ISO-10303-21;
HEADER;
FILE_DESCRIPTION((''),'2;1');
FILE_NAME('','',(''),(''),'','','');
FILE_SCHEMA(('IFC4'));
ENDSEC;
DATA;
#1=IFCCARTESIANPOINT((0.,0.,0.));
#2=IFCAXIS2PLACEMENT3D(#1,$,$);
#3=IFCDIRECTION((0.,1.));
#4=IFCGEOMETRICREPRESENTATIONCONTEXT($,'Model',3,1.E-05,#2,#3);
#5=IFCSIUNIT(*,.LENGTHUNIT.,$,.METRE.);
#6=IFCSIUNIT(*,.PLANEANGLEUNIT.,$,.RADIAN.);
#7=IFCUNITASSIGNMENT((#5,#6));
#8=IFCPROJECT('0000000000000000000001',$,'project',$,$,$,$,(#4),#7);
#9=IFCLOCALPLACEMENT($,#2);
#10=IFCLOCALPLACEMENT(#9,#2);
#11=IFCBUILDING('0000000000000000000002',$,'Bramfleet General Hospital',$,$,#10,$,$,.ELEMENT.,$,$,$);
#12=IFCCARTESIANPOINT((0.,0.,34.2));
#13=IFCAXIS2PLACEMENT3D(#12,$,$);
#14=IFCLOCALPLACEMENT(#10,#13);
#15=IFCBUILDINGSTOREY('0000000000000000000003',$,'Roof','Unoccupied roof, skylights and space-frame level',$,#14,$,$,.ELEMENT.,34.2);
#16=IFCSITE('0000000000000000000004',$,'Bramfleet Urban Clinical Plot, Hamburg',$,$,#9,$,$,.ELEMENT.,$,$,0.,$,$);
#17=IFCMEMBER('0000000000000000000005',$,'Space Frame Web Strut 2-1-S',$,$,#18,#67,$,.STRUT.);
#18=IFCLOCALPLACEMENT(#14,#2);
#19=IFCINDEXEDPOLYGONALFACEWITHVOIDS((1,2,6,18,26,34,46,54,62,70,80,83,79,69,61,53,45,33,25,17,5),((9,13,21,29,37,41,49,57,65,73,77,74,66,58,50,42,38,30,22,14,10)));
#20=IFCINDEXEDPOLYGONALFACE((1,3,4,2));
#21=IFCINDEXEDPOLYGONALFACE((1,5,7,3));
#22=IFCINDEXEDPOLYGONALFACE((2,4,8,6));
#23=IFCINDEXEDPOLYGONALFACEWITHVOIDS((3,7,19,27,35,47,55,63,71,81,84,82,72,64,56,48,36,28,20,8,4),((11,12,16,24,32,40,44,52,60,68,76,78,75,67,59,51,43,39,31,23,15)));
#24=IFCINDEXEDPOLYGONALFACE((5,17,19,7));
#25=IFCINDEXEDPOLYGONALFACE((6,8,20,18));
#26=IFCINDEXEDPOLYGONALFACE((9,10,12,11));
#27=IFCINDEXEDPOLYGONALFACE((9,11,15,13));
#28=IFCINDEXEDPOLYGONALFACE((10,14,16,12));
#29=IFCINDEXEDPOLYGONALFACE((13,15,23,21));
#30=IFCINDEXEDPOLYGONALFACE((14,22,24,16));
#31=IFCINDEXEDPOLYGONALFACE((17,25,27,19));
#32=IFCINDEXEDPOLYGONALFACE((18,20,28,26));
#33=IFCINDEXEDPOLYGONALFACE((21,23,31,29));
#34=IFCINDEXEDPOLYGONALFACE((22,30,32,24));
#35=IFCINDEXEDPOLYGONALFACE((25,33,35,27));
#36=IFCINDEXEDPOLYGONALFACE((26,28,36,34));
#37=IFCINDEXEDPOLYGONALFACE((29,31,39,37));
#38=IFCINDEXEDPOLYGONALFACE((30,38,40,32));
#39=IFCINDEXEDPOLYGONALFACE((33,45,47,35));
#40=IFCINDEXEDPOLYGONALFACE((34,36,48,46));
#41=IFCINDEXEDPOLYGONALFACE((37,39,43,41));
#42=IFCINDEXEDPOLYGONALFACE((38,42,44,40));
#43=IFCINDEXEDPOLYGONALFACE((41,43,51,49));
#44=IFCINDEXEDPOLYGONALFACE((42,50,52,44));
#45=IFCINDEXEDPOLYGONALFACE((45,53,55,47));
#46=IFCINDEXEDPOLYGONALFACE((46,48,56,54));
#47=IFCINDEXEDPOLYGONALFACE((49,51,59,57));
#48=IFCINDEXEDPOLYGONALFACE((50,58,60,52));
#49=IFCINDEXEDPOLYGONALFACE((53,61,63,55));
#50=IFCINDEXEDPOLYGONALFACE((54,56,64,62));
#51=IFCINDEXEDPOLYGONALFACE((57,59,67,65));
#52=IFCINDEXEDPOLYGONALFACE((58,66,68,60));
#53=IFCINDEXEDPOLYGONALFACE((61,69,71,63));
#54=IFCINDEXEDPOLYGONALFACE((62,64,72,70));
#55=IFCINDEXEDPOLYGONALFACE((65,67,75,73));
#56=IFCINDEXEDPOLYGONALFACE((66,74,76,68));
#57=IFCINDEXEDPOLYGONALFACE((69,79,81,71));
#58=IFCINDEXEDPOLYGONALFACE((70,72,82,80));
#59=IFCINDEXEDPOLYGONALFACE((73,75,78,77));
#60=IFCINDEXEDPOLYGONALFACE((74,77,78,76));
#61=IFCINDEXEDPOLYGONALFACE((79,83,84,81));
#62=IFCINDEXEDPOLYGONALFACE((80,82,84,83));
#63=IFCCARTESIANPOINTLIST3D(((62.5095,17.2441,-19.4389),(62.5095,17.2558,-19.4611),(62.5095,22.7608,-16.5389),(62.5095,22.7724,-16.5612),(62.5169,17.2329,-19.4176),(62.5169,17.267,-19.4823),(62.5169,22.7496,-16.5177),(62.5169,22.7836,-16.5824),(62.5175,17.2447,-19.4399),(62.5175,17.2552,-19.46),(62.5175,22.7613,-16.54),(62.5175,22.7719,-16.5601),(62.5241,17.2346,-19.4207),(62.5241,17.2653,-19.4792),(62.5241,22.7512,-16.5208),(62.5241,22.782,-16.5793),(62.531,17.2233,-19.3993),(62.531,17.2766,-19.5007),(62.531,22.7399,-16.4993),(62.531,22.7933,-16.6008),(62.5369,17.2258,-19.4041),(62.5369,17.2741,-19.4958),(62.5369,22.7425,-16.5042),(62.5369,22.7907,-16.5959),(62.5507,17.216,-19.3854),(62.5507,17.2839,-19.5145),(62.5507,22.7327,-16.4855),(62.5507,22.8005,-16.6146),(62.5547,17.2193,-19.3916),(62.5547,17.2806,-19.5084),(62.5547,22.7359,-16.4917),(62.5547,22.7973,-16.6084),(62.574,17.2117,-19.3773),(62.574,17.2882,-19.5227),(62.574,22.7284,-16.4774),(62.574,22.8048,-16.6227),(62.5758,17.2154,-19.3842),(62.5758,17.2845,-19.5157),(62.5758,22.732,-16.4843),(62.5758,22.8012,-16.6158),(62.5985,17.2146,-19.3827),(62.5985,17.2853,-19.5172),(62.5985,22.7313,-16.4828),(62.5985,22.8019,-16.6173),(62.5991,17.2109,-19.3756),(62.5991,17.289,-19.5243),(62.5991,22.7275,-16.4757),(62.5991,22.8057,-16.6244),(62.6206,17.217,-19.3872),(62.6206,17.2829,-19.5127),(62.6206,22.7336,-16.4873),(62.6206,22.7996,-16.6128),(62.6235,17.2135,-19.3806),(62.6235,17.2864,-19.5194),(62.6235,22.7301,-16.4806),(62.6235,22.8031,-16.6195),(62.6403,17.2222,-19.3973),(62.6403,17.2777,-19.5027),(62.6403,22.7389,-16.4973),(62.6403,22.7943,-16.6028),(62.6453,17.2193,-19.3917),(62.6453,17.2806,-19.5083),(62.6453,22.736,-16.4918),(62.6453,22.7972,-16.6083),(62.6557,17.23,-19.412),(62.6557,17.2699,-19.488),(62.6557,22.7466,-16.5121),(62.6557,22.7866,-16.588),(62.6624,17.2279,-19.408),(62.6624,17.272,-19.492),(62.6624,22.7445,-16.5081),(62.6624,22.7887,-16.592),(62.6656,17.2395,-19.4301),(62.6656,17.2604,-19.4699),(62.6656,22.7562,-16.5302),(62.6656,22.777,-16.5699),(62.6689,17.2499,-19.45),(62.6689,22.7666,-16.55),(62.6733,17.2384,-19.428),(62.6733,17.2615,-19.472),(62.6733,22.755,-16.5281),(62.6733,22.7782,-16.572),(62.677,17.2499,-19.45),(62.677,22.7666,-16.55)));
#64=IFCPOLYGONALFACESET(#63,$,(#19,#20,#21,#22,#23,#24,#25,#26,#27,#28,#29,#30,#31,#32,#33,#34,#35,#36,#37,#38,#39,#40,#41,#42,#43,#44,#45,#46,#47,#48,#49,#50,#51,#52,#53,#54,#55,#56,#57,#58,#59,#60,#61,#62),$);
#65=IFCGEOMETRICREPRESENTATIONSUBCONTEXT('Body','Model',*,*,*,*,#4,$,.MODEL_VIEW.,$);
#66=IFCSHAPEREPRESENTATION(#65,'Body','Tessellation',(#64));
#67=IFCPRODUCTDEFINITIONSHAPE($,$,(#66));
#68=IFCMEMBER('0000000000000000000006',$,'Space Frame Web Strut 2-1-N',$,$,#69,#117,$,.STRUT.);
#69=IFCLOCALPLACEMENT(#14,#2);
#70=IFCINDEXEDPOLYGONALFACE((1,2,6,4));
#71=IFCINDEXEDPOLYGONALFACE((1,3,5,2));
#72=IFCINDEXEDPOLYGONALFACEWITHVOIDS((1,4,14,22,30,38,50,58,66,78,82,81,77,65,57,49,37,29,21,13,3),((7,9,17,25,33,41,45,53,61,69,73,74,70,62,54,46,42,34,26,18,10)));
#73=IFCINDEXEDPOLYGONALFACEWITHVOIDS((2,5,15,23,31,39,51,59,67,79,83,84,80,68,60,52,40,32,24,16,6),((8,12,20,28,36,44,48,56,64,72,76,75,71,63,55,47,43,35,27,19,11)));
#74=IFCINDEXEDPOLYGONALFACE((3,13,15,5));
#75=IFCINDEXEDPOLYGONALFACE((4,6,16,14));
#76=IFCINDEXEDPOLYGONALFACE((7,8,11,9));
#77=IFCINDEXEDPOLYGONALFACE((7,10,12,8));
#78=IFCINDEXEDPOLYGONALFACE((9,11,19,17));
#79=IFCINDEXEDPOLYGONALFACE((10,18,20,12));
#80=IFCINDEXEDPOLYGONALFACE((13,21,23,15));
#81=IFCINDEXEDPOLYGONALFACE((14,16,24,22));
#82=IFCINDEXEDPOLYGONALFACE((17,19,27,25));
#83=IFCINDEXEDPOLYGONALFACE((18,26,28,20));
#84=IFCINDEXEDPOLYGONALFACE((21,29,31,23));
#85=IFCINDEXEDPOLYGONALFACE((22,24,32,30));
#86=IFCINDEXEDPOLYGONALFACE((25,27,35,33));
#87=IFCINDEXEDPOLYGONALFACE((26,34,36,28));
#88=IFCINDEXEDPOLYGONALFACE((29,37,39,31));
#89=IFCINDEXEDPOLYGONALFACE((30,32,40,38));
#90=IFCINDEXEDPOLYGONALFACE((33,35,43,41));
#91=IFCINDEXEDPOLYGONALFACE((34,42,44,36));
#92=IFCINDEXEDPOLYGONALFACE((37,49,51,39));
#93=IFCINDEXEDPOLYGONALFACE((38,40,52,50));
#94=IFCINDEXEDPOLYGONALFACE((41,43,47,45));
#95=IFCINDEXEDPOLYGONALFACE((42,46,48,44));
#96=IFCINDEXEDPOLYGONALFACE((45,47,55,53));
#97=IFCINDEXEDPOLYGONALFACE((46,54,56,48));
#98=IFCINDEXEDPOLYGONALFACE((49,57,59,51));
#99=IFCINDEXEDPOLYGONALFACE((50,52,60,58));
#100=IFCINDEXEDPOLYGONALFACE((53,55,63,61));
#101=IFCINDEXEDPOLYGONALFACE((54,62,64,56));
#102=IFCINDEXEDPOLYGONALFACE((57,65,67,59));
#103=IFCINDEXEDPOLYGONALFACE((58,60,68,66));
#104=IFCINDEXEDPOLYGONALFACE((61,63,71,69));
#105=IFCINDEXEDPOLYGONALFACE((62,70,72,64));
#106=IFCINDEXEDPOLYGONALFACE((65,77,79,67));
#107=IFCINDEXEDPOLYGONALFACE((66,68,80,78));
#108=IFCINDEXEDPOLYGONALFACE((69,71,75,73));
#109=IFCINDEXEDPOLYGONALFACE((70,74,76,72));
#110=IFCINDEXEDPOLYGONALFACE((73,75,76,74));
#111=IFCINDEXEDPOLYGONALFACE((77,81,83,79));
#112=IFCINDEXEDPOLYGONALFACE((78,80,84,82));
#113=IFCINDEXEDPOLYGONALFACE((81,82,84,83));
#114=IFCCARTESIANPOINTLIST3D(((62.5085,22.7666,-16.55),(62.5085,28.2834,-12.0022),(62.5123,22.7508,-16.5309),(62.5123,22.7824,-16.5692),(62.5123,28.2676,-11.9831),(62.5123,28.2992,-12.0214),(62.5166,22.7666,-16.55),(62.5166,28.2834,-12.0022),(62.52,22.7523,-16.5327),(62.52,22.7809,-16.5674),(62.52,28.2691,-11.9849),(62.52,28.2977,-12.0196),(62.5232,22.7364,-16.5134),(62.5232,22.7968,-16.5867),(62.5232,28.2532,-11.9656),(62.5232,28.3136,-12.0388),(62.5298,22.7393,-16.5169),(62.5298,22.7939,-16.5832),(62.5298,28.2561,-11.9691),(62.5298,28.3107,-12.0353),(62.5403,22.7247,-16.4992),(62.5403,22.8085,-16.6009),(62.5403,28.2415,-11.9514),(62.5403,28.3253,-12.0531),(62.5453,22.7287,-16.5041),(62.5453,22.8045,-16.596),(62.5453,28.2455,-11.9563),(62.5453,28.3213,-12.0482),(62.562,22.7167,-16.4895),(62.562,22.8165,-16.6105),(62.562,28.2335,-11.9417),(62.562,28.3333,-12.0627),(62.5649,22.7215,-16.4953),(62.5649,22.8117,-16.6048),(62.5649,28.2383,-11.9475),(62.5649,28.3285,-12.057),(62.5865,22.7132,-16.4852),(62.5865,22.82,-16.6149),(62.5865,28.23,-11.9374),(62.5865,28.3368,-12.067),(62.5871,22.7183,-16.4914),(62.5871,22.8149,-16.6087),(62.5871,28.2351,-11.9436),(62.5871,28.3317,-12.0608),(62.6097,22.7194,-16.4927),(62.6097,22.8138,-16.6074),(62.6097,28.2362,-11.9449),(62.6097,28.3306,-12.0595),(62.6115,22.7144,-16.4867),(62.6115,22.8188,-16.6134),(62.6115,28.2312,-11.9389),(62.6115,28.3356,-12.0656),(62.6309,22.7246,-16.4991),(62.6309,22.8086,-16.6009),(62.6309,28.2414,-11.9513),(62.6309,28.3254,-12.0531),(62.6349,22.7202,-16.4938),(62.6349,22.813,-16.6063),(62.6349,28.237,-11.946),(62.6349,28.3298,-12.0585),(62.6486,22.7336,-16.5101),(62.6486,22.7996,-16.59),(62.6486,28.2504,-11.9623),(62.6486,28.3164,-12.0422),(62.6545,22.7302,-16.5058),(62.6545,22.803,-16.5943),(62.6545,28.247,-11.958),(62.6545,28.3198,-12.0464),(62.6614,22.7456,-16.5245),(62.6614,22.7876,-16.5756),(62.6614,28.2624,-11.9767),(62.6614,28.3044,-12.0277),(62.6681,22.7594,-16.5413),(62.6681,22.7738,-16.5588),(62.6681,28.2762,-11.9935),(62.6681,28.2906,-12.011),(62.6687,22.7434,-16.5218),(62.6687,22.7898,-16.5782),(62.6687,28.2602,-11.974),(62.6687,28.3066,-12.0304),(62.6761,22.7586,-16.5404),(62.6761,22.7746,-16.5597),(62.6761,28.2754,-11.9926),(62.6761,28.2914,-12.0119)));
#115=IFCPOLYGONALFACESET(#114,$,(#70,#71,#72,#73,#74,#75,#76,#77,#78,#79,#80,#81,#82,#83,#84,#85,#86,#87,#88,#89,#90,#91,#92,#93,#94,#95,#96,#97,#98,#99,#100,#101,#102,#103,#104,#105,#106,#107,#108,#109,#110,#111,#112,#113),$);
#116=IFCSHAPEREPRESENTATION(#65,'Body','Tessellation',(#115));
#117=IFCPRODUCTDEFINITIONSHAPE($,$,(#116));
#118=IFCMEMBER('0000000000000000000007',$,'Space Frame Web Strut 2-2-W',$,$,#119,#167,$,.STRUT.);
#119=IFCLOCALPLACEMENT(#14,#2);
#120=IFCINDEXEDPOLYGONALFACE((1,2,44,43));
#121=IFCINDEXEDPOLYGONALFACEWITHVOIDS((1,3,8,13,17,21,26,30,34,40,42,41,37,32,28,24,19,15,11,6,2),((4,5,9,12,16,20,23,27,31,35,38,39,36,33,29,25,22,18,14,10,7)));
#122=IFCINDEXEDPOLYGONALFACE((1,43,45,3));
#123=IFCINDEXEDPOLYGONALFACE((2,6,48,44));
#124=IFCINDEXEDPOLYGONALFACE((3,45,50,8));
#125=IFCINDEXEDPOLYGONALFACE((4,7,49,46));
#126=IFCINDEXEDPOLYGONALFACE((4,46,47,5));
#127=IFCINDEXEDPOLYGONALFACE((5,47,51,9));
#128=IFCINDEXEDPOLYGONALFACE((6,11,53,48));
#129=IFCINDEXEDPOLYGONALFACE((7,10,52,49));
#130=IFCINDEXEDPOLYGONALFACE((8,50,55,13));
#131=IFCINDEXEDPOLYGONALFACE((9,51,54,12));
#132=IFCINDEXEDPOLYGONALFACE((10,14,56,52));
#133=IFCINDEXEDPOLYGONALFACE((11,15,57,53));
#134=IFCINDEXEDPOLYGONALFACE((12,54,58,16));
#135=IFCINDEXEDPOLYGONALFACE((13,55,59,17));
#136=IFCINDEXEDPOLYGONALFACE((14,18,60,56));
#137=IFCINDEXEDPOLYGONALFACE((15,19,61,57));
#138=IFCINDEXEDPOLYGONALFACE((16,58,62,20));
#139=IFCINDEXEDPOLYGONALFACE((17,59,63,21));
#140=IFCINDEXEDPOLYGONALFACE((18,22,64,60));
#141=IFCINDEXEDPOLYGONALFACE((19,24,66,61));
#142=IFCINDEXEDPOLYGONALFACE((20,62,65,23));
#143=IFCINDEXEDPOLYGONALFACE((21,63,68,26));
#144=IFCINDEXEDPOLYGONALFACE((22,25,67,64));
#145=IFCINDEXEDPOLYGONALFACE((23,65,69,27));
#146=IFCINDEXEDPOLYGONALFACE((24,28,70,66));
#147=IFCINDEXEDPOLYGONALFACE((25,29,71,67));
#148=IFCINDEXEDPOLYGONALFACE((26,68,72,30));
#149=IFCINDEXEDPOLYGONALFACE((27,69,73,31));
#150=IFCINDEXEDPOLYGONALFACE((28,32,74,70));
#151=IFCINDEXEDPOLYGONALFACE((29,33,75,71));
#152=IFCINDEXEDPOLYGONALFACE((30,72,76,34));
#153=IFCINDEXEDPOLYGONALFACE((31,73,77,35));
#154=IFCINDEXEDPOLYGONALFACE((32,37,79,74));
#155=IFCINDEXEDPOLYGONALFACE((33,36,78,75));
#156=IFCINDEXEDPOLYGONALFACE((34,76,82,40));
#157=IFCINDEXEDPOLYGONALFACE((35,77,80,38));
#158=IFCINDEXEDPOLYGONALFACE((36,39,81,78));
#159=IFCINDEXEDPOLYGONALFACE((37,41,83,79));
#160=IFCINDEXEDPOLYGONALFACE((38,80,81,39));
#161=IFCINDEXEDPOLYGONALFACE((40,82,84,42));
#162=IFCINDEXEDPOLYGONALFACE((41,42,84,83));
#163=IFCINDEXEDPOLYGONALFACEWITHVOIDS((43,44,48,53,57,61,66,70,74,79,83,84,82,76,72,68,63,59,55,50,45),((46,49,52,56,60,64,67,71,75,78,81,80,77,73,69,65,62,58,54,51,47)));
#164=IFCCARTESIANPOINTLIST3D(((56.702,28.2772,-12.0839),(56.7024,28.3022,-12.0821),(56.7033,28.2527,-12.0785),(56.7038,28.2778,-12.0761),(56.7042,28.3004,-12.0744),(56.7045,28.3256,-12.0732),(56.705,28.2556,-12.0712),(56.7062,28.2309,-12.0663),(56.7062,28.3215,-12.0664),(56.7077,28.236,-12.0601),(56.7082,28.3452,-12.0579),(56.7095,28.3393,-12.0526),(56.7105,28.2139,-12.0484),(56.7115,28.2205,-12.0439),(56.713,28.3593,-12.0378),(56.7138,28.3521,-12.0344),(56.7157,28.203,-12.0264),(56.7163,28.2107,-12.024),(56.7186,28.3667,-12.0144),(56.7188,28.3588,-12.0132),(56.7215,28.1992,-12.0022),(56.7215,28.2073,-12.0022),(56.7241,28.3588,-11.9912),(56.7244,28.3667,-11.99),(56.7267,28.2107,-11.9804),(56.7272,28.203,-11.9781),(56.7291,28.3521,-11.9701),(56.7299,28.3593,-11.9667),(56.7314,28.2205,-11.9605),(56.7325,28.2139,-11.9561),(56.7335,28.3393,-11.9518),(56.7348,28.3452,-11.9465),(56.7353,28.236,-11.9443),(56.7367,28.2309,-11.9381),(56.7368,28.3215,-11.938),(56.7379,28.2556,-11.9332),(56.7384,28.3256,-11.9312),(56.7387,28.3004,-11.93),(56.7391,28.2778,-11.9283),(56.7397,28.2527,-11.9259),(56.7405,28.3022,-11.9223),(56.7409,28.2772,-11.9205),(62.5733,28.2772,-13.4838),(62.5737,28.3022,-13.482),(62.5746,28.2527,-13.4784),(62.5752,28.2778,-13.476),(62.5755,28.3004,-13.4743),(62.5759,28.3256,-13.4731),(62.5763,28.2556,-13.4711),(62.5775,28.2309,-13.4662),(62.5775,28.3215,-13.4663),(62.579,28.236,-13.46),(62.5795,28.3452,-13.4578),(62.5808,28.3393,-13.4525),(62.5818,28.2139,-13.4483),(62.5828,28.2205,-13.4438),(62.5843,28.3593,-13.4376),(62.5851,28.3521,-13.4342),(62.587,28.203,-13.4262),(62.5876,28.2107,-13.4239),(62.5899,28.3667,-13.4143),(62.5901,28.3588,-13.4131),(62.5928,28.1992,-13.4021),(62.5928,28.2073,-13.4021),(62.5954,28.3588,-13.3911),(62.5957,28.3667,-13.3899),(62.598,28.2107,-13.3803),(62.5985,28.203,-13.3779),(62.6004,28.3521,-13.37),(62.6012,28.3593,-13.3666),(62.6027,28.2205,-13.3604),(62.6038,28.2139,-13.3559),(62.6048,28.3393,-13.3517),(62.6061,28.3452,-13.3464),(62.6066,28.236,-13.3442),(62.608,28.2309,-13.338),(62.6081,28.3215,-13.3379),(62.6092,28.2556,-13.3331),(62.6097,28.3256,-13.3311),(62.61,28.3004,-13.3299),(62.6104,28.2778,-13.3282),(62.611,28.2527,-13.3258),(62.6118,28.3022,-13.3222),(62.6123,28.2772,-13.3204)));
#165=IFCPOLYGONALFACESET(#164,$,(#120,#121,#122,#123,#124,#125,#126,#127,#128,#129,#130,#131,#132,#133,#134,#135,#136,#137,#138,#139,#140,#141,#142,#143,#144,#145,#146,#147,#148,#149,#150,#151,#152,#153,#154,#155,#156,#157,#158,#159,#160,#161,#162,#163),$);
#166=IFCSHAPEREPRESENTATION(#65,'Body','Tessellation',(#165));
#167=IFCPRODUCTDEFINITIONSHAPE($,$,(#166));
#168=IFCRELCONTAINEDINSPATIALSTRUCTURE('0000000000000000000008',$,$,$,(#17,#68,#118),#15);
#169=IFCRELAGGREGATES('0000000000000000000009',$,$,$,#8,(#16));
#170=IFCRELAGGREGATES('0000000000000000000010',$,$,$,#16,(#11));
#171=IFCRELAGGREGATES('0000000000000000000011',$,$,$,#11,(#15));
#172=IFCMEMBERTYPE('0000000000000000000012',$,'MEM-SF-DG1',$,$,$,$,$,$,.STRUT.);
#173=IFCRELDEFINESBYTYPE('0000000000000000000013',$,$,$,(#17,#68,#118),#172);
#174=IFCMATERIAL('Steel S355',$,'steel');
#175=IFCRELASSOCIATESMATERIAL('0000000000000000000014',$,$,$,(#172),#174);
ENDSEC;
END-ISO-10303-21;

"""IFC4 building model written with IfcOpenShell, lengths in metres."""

from ifc_helpers import new_model, si_unit, direction, frame, origin, origin_2d, place, context, subcontext, project, spatial, hollow_circle, extrude, material, material_profile, profile_set, type_object, element, save


model = new_model("IFC4")

# Units and contexts
model_context = context("Model", 3, precision=1e-05, world=origin(), true_north=direction((0.0, 1.0)))
body_context = subcontext(model_context, "Body", "Model", "MODEL_VIEW")
ifc_project = project(units=[si_unit("LENGTHUNIT", "METRE"), si_unit("PLANEANGLEUNIT", "RADIAN")], contexts=[model_context])

# Site, building, storey
site_placement = place(None, origin())
site = spatial("IfcSite", under=ifc_project, at=site_placement, Name="Bramfleet Urban Clinical Plot, Hamburg", CompositionType="ELEMENT", RefElevation=0.0)
building_placement = place(site_placement, origin())
building = spatial("IfcBuilding", under=site, at=building_placement, Name="Bramfleet General Hospital", CompositionType="ELEMENT")
storey_placement = place(building_placement, frame((0.0, 0.0, 34.2)))
storey = spatial("IfcBuildingStorey", under=building, at=storey_placement, Name="Roof", Description="Unoccupied roof, skylights and space-frame level", CompositionType="ELEMENT", Elevation=34.2)

# Members
ifc_material = material(Name="Steel S355", Category="steel")
ifc_material_profile_1 = material_profile(ifc_material, hollow_circle(Radius=0.0842, WallThickness=0.0081, at=origin_2d()), Name="CHS 168.3x8.0")
ifc_profile_set_1 = profile_set([ifc_material_profile_1], Name="Steel S355")
member_type_1 = type_object("IfcMemberType", Name="MEM-SF-DG1", PredefinedType="STRUT", material=ifc_profile_set_1)
member_1_placement = place(storey_placement, frame((62.5928, 22.7666, -16.55), z_axis=(0.0, -0.885154, -0.465298), x_axis=(1.0, 0.0, 0.0)))
element("IfcMember", 1, at=member_1_placement, inside=storey, type_object=member_type_1, Name="Space Frame Web Strut 2-1-S", PredefinedType="STRUT", context=body_context, shape_type="SweptSolid", body=[
    extrude(hollow_circle(Radius=0.0842, WallThickness=0.0081, at=origin_2d()), origin(), (0.0, 0.0, 1.0), 6.2324),
])
member_2_placement = place(storey_placement, frame((62.5928, 22.7666, -16.55), z_axis=(0.0, 0.771617, 0.636088), x_axis=(-1.0, 0.0, 0.0)))
element("IfcMember", 2, at=member_2_placement, inside=storey, type_object=member_type_1, Name="Space Frame Web Strut 2-1-N", PredefinedType="STRUT", context=body_context, shape_type="SweptSolid", body=[
    extrude(hollow_circle(Radius=0.0842, WallThickness=0.0081, at=origin_2d()), origin(), (0.0, 0.0, 1.0), 7.1497),
])
member_3_placement = place(storey_placement, frame((62.5928, 28.2834, -13.4021), z_axis=(-0.972733, 0.0, 0.231929), x_axis=(0.0, -1.0, 0.0)))
element("IfcMember", 3, at=member_3_placement, inside=storey, type_object=member_type_1, Name="Space Frame Web Strut 2-2-W", PredefinedType="STRUT", context=body_context, shape_type="SweptSolid", body=[
    extrude(hollow_circle(Radius=0.0842, WallThickness=0.0081, at=origin_2d()), origin(), (0.0, 0.0, 1.0), 6.0359),
])

save(model, "model.ifc")
